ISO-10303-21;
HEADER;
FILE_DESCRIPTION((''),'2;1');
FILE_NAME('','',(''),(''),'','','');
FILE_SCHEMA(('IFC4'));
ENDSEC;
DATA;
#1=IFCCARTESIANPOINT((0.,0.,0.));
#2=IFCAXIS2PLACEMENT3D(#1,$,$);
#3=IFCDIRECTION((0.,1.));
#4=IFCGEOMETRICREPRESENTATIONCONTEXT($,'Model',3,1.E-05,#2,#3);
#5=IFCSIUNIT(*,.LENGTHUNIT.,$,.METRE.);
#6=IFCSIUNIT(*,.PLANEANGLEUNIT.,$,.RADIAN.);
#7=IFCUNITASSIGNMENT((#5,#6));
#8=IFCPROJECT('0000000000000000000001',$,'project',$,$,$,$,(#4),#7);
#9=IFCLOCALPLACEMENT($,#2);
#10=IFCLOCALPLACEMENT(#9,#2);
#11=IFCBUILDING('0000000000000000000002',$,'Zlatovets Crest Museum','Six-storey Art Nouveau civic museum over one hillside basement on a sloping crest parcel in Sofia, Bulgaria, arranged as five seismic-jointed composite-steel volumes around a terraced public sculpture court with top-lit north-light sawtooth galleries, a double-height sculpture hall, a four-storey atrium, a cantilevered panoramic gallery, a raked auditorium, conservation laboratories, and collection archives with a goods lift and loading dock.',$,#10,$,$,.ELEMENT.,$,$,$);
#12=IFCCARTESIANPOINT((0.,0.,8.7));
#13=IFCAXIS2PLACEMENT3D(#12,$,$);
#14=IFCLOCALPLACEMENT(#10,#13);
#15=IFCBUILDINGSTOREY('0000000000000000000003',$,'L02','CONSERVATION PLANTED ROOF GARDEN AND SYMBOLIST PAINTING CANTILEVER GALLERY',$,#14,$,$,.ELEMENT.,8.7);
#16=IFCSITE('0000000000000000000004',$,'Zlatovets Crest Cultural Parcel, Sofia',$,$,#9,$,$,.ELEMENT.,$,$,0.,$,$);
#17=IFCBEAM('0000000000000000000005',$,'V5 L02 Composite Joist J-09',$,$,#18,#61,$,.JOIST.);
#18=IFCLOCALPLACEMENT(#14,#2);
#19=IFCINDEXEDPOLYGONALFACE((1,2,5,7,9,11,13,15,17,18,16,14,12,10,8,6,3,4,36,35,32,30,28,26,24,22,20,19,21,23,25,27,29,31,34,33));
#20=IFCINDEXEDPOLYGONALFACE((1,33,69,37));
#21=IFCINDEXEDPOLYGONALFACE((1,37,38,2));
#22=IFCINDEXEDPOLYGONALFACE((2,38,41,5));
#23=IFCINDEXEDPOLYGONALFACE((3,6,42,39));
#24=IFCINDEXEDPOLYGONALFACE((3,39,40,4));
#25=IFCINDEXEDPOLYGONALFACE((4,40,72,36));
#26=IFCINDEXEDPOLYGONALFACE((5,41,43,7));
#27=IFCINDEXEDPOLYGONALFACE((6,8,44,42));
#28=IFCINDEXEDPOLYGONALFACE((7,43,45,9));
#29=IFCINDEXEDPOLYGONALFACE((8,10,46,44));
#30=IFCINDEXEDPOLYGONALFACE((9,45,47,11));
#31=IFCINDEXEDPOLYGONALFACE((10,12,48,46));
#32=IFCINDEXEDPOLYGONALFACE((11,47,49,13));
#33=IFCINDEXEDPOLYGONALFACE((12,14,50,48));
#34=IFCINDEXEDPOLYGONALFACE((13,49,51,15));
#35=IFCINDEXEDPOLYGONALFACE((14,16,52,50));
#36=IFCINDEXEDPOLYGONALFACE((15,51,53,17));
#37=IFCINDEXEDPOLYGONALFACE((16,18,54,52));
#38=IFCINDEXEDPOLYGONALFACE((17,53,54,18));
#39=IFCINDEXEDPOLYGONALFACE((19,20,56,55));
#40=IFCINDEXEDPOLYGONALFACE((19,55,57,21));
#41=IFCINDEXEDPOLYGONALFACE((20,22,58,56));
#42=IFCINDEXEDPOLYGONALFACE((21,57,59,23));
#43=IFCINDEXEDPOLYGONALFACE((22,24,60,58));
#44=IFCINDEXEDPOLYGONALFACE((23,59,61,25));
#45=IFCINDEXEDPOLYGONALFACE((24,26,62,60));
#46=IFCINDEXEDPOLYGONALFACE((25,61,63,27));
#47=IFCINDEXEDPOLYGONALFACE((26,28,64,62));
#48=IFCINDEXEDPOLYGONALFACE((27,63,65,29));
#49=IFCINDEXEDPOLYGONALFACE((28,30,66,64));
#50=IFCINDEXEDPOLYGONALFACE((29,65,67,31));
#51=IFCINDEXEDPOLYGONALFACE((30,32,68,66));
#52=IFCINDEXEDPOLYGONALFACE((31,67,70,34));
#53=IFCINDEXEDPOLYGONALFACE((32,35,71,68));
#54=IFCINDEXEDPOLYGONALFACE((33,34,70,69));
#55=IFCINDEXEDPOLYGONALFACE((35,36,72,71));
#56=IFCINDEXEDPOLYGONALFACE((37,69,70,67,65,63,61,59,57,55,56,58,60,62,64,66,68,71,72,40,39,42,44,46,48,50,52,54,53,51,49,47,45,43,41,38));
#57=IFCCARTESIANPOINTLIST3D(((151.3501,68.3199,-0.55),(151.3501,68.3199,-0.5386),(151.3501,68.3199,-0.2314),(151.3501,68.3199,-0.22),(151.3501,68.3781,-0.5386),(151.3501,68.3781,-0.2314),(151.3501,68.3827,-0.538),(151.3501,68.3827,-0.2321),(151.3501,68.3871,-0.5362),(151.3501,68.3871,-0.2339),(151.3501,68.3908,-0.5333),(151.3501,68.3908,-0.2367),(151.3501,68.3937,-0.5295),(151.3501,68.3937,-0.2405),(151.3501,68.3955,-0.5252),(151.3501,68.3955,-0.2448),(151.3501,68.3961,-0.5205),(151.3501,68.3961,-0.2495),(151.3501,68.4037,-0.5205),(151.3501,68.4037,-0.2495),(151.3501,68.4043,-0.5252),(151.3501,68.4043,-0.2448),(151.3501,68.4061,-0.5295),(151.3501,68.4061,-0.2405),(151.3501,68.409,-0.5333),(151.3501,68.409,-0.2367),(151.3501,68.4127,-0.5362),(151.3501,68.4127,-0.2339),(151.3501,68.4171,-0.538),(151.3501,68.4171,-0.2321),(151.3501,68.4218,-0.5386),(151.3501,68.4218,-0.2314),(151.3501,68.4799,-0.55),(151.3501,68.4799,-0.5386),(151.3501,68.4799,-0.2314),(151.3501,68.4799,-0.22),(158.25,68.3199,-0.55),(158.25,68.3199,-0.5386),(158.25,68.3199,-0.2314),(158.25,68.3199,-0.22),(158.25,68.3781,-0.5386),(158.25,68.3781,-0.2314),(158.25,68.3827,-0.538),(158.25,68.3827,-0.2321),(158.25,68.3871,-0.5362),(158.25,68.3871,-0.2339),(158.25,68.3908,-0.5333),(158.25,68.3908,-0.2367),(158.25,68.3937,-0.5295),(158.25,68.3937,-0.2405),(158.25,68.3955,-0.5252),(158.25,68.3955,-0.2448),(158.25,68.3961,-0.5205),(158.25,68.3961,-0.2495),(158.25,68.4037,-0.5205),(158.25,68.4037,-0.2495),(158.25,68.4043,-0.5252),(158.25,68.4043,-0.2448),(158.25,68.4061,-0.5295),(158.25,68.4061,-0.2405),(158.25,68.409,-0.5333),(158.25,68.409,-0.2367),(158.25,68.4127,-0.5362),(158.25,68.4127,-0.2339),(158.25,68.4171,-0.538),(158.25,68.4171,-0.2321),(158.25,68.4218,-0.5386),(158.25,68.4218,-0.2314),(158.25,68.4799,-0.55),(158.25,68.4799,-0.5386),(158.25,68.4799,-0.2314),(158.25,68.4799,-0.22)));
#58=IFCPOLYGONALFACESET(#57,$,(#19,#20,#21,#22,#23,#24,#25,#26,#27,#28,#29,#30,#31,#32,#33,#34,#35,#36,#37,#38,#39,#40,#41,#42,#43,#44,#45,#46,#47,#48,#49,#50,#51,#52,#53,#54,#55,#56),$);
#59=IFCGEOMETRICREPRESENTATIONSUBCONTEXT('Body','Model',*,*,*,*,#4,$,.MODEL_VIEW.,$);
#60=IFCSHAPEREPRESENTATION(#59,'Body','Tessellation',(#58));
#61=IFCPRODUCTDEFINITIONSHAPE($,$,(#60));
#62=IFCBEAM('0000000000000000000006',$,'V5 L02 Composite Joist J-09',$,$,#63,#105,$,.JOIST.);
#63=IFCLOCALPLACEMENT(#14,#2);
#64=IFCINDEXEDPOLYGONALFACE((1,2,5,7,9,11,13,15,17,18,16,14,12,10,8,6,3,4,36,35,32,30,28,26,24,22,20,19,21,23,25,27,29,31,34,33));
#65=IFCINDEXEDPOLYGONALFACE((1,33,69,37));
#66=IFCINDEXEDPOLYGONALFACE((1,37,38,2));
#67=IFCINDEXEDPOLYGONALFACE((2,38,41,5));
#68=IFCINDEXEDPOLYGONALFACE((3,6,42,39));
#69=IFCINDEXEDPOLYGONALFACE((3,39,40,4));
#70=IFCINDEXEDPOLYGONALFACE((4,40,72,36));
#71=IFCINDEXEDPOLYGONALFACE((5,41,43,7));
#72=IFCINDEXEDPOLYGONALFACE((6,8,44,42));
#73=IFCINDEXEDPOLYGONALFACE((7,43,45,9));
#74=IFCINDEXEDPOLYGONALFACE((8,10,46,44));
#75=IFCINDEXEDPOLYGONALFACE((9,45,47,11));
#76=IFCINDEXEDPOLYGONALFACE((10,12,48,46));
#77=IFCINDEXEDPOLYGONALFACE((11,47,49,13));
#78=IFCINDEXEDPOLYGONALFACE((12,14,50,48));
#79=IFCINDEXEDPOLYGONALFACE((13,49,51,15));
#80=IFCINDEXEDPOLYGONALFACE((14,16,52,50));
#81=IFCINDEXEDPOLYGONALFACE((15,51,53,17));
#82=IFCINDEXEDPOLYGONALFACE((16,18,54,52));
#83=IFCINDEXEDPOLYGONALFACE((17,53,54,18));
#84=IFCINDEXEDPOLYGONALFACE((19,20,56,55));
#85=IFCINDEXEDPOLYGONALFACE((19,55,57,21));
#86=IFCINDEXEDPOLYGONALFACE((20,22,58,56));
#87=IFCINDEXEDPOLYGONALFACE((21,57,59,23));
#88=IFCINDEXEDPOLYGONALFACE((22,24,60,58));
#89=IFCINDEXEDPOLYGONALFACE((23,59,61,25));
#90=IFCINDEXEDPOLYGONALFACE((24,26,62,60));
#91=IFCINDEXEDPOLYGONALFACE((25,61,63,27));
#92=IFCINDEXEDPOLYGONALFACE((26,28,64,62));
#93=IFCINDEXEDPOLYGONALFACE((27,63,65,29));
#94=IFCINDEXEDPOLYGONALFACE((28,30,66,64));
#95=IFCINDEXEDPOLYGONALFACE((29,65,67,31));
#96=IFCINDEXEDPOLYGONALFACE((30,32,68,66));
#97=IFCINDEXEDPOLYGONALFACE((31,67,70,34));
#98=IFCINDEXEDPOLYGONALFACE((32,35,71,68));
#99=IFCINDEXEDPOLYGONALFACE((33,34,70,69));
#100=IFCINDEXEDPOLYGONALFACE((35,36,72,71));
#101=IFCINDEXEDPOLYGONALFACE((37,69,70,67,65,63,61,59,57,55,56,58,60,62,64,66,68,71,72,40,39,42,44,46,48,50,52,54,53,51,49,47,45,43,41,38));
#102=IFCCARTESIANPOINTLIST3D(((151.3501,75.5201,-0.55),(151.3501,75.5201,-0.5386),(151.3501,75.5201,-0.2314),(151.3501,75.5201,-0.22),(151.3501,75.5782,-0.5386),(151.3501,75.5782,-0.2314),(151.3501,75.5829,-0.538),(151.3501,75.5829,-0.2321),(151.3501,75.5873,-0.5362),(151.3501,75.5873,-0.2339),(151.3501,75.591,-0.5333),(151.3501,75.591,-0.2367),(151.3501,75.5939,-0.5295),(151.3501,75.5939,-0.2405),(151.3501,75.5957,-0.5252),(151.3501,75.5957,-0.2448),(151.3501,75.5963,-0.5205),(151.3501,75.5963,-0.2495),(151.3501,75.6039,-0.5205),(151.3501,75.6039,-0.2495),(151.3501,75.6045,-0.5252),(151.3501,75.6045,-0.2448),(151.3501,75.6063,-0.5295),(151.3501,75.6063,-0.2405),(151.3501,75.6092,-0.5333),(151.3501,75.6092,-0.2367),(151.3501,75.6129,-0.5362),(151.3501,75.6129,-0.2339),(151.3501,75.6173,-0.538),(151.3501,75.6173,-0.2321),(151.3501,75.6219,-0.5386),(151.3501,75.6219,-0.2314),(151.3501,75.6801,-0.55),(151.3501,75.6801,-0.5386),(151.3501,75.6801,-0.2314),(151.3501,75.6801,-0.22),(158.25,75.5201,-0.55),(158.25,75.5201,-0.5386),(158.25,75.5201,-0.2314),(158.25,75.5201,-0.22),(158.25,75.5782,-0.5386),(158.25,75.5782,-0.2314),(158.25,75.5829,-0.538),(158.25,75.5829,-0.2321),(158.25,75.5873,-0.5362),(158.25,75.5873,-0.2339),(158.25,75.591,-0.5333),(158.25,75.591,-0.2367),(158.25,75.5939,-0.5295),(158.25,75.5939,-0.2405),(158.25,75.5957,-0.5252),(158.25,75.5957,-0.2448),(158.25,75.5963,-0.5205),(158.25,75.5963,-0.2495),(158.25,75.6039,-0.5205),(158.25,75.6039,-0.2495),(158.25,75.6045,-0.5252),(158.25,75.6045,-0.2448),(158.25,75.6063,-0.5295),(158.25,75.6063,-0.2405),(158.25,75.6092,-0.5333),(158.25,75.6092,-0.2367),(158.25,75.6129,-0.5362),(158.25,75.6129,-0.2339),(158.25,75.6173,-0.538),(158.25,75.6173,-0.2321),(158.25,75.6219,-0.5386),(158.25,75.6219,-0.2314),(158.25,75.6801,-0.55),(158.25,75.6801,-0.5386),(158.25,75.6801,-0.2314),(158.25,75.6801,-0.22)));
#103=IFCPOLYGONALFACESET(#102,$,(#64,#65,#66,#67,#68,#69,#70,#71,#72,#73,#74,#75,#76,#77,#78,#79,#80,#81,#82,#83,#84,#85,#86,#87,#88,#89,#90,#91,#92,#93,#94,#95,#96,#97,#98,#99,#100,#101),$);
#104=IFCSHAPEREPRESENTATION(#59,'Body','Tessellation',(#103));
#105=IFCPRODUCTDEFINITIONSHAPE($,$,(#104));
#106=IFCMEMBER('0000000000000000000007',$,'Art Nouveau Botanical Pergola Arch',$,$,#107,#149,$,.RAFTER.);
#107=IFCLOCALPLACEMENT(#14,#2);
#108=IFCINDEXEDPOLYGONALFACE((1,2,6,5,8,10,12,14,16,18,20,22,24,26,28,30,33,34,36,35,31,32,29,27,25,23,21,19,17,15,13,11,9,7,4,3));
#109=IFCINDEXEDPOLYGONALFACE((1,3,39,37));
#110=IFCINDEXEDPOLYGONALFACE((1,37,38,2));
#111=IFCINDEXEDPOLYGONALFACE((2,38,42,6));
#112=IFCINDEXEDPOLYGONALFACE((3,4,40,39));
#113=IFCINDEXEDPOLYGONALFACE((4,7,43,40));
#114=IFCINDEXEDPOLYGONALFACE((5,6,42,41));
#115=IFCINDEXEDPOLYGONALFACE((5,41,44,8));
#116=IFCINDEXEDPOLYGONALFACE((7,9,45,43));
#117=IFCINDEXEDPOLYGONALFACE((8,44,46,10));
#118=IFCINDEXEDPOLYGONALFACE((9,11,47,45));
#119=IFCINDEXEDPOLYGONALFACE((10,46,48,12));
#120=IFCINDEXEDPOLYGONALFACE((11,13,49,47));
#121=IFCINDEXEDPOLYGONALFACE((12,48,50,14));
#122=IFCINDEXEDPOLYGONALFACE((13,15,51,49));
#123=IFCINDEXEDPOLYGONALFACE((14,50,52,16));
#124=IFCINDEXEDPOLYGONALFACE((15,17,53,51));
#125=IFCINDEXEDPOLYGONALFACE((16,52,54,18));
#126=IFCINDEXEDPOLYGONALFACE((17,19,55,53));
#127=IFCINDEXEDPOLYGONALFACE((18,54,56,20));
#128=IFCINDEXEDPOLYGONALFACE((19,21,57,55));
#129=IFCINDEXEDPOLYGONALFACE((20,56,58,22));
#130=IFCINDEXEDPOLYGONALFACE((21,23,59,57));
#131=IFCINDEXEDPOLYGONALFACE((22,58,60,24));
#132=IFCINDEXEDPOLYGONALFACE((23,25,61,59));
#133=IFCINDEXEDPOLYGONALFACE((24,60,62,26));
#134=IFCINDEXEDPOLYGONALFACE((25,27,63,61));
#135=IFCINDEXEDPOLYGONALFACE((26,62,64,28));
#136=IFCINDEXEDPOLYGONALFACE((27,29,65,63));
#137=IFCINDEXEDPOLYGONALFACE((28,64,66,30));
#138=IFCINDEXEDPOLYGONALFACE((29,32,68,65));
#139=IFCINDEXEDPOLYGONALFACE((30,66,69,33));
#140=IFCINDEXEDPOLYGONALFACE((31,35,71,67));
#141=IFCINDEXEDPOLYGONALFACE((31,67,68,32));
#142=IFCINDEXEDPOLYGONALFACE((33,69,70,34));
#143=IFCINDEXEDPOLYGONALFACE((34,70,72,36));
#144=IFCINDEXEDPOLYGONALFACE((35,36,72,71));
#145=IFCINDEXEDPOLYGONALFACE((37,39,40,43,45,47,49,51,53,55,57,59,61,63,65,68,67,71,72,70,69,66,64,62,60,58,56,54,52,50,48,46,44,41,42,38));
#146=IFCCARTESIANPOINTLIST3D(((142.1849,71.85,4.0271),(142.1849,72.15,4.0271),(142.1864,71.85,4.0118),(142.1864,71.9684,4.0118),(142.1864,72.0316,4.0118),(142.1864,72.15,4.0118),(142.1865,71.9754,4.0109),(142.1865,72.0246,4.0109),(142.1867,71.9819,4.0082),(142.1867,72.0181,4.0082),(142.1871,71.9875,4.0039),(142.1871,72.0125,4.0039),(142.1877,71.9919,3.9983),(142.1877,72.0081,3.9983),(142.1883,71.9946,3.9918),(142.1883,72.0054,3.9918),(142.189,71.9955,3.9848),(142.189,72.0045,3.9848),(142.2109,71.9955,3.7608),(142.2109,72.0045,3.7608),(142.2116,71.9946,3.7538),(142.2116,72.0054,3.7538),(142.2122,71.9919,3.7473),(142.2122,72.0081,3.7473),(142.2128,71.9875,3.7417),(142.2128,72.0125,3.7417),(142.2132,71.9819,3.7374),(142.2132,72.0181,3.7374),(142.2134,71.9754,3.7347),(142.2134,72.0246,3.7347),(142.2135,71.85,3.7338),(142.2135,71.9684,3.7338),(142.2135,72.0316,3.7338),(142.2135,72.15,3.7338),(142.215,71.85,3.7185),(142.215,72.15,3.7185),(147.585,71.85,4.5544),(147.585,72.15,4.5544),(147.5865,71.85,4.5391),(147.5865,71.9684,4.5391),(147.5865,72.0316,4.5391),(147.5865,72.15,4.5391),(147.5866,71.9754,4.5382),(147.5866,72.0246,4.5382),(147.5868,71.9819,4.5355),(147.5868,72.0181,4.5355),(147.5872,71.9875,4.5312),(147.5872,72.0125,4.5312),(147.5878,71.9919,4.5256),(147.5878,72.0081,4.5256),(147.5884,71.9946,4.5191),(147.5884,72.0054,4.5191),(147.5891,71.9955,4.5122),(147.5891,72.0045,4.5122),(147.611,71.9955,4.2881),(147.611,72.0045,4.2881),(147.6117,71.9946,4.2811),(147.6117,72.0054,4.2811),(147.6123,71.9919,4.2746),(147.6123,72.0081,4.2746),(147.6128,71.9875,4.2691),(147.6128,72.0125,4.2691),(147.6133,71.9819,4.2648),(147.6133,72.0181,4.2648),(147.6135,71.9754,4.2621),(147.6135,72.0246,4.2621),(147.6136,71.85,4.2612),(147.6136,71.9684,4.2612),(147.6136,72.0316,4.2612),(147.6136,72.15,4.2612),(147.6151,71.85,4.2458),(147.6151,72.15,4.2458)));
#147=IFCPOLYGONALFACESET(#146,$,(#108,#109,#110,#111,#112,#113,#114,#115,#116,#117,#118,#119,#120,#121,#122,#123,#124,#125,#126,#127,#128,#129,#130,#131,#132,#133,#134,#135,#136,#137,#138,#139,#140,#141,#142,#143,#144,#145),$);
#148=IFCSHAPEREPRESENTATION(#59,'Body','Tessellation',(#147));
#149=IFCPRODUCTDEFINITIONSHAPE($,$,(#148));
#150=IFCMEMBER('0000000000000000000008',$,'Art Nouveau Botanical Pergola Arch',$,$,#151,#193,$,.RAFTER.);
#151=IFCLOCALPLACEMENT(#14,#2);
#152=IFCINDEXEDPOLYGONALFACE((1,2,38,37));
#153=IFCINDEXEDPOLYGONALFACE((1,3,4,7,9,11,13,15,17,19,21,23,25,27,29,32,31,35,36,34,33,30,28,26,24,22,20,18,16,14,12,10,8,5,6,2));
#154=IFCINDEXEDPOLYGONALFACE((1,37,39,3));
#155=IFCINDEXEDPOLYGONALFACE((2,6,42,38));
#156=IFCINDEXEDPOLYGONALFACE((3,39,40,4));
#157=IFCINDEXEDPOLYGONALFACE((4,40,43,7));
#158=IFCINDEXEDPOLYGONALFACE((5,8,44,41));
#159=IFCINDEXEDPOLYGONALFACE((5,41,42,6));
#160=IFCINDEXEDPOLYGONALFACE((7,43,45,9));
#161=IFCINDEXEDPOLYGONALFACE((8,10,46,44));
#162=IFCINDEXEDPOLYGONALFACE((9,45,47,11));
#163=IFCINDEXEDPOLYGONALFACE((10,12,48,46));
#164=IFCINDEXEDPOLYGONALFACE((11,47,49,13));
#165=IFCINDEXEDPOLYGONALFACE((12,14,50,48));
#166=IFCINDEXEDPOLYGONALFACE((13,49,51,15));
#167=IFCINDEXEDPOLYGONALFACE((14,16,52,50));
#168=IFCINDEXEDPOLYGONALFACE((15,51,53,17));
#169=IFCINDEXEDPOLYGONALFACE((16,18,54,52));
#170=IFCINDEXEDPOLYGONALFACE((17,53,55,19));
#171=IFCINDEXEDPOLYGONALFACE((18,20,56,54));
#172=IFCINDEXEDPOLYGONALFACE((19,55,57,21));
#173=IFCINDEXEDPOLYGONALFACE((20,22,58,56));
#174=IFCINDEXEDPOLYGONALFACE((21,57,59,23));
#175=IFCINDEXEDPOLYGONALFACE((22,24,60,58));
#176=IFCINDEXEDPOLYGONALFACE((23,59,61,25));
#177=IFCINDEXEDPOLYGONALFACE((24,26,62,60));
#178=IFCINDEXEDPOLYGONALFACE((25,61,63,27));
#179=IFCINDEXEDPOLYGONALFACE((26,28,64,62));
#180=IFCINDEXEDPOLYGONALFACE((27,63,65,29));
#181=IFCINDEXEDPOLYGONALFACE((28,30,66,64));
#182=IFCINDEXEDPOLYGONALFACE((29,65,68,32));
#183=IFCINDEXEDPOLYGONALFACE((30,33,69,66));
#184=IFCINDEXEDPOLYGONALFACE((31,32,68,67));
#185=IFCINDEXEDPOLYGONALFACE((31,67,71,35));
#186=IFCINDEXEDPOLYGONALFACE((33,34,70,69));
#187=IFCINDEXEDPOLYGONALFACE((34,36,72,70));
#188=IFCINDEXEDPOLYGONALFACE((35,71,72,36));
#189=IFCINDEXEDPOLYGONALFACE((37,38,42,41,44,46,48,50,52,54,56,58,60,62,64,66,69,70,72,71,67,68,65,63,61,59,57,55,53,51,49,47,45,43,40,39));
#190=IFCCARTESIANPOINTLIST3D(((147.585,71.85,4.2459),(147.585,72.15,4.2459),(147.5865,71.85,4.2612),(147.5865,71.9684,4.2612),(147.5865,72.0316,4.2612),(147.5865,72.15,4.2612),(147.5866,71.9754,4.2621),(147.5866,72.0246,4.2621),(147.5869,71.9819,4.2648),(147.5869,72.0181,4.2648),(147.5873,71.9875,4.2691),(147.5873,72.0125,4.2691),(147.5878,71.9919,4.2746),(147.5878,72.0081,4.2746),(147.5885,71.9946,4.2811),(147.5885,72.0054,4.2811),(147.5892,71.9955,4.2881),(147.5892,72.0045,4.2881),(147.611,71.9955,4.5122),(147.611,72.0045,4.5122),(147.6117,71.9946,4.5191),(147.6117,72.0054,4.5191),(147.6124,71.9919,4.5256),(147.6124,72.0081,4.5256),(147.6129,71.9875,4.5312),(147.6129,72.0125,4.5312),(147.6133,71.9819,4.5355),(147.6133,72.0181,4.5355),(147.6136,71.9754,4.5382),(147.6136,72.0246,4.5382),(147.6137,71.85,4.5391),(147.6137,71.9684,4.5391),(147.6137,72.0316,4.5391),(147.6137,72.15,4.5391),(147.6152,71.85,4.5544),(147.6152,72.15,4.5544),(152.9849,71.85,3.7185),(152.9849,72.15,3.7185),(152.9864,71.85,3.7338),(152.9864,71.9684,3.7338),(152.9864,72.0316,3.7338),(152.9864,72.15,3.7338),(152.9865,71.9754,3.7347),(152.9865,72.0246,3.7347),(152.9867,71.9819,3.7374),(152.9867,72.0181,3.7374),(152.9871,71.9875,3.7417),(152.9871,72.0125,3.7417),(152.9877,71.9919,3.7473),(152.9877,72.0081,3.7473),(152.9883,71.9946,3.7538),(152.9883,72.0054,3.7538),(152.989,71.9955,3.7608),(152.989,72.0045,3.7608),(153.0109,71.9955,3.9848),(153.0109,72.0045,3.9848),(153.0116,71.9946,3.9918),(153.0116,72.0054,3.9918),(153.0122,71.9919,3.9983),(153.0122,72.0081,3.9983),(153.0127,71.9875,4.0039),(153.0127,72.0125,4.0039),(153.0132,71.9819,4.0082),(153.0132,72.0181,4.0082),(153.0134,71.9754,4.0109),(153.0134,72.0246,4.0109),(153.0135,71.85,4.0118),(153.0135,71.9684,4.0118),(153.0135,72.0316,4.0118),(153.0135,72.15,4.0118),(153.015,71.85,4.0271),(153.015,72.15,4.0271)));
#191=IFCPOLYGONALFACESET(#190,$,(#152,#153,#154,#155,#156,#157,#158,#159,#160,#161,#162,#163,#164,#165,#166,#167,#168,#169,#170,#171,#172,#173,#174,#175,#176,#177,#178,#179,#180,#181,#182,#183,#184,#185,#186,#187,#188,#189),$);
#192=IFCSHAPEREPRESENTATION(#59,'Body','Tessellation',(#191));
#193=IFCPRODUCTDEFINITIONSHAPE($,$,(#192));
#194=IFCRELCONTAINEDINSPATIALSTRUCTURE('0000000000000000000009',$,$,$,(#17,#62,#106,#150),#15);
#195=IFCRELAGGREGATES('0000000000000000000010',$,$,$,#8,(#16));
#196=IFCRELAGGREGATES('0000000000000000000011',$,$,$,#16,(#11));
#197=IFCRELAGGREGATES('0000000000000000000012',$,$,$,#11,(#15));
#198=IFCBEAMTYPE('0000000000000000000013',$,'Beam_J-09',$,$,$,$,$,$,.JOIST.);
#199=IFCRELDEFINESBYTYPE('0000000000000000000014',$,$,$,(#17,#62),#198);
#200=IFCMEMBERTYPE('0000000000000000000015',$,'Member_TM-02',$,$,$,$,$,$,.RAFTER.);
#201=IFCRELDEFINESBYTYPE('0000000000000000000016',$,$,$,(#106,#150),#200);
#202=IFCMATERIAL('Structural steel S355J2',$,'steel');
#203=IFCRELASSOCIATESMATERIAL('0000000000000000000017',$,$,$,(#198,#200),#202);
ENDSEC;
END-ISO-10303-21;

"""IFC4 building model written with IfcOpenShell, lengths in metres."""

from ifc_helpers import new_model, si_unit, direction, frame, origin, origin_2d, place, context, subcontext, project, spatial, i_section, extrude, material, material_profile, profile_set, type_object, element, save


model = new_model("IFC4")

# Units and contexts
model_context = context("Model", 3, precision=1e-05, world=origin(), true_north=direction((0.0, 1.0)))
body_context = subcontext(model_context, "Body", "Model", "MODEL_VIEW")
ifc_project = project(units=[si_unit("LENGTHUNIT", "METRE"), si_unit("PLANEANGLEUNIT", "RADIAN")], contexts=[model_context])

# Site, building, storey
site_placement = place(None, origin())
site = spatial("IfcSite", under=ifc_project, at=site_placement, Name="Zlatovets Crest Cultural Parcel, Sofia", CompositionType="ELEMENT", RefElevation=0.0)
building_placement = place(site_placement, origin())
building = spatial("IfcBuilding", under=site, at=building_placement, Name="Zlatovets Crest Museum", Description="Six-storey Art Nouveau civic museum over one hillside basement on a sloping crest parcel in Sofia, Bulgaria, arranged as five seismic-jointed composite-steel volumes around a terraced public sculpture court with top-lit north-light sawtooth galleries, a double-height sculpture hall, a four-storey atrium, a cantilevered panoramic gallery, a raked auditorium, conservation laboratories, and collection archives with a goods lift and loading dock.", CompositionType="ELEMENT")
storey_placement = place(building_placement, frame((0.0, 0.0, 8.7)))
storey = spatial("IfcBuildingStorey", under=building, at=storey_placement, Name="L02", Description="CONSERVATION PLANTED ROOF GARDEN AND SYMBOLIST PAINTING CANTILEVER GALLERY", CompositionType="ELEMENT", Elevation=8.7)

# Beams
ifc_material = material(Name="Structural steel S355J2", Category="steel")
ifc_material_profile_1 = material_profile(ifc_material, i_section(OverallWidth=0.1599, OverallDepth=0.3301, WebThickness=0.0076, FlangeThickness=0.0115, FilletRadius=0.0181, at=origin_2d()), Name="IPE 330")
ifc_profile_set_1 = profile_set([ifc_material_profile_1], Name="Structural steel S355J2")
beam_type_1 = type_object("IfcBeamType", Name="Beam_J-09", PredefinedType="JOIST", material=ifc_profile_set_1)
for number, where, z_axis, x_axis, name in (
    (1, (151.3501, 68.3999, -0.385), (1.0, 0.0, 0.0), (0.0, 1.0, 0.0), "V5 L02 Composite Joist J-09"),
    (2, (151.3501, 75.6001, -0.385), (1.0, 0.0, 0.0), (0.0, 1.0, 0.0), "V5 L02 Composite Joist J-09"),
):
    element("IfcBeam", number, at=place(storey_placement, frame(where, z_axis=z_axis, x_axis=x_axis)), inside=storey, type_object=beam_type_1, Name=name, PredefinedType="JOIST", context=body_context, shape_type="SweptSolid", body=[
        extrude(i_section(OverallWidth=0.1599, OverallDepth=0.3301, WebThickness=0.0076, FlangeThickness=0.0115, FilletRadius=0.0181, at=origin_2d()), origin(), (0.0, 0.0, 1.0), 6.8999),
    ])

# Members
ifc_material_profile_2 = material_profile(ifc_material, i_section(OverallWidth=0.3, OverallDepth=0.3101, WebThickness=0.009, FlangeThickness=0.0154, FilletRadius=0.0271, at=origin_2d()), Name="HEA 320")
ifc_profile_set_2 = profile_set([ifc_material_profile_2], Name="Structural steel S355J2")
member_type_1 = type_object("IfcMemberType", Name="Member_TM-02", PredefinedType="RAFTER", material=ifc_profile_set_2)
member_1_placement = place(storey_placement, frame((142.2, 72.0, 3.8728), z_axis=(0.995266, 0.0, 0.097191), x_axis=(0.0, 1.0, 0.0)))
element("IfcMember", 3, at=member_1_placement, inside=storey, type_object=member_type_1, Name="Art Nouveau Botanical Pergola Arch", PredefinedType="RAFTER", context=body_context, shape_type="SweptSolid", body=[
    extrude(i_section(OverallWidth=0.3, OverallDepth=0.3101, WebThickness=0.009, FlangeThickness=0.0154, FilletRadius=0.0271, at=origin_2d()), origin(), (0.0, 0.0, 1.0), 5.4258),
])
member_2_placement = place(storey_placement, frame((147.6001, 72.0, 4.4001), z_axis=(0.995265, 0.0, -0.097196), x_axis=(0.0, 1.0, 0.0)))
element("IfcMember", 4, at=member_2_placement, inside=storey, type_object=member_type_1, Name="Art Nouveau Botanical Pergola Arch", PredefinedType="RAFTER", context=body_context, shape_type="SweptSolid", body=[
    extrude(i_section(OverallWidth=0.3, OverallDepth=0.3101, WebThickness=0.009, FlangeThickness=0.0154, FilletRadius=0.0271, at=origin_2d()), origin(), (0.0, 0.0, 1.0), 5.4255),
])

save(model, "model.ifc")
